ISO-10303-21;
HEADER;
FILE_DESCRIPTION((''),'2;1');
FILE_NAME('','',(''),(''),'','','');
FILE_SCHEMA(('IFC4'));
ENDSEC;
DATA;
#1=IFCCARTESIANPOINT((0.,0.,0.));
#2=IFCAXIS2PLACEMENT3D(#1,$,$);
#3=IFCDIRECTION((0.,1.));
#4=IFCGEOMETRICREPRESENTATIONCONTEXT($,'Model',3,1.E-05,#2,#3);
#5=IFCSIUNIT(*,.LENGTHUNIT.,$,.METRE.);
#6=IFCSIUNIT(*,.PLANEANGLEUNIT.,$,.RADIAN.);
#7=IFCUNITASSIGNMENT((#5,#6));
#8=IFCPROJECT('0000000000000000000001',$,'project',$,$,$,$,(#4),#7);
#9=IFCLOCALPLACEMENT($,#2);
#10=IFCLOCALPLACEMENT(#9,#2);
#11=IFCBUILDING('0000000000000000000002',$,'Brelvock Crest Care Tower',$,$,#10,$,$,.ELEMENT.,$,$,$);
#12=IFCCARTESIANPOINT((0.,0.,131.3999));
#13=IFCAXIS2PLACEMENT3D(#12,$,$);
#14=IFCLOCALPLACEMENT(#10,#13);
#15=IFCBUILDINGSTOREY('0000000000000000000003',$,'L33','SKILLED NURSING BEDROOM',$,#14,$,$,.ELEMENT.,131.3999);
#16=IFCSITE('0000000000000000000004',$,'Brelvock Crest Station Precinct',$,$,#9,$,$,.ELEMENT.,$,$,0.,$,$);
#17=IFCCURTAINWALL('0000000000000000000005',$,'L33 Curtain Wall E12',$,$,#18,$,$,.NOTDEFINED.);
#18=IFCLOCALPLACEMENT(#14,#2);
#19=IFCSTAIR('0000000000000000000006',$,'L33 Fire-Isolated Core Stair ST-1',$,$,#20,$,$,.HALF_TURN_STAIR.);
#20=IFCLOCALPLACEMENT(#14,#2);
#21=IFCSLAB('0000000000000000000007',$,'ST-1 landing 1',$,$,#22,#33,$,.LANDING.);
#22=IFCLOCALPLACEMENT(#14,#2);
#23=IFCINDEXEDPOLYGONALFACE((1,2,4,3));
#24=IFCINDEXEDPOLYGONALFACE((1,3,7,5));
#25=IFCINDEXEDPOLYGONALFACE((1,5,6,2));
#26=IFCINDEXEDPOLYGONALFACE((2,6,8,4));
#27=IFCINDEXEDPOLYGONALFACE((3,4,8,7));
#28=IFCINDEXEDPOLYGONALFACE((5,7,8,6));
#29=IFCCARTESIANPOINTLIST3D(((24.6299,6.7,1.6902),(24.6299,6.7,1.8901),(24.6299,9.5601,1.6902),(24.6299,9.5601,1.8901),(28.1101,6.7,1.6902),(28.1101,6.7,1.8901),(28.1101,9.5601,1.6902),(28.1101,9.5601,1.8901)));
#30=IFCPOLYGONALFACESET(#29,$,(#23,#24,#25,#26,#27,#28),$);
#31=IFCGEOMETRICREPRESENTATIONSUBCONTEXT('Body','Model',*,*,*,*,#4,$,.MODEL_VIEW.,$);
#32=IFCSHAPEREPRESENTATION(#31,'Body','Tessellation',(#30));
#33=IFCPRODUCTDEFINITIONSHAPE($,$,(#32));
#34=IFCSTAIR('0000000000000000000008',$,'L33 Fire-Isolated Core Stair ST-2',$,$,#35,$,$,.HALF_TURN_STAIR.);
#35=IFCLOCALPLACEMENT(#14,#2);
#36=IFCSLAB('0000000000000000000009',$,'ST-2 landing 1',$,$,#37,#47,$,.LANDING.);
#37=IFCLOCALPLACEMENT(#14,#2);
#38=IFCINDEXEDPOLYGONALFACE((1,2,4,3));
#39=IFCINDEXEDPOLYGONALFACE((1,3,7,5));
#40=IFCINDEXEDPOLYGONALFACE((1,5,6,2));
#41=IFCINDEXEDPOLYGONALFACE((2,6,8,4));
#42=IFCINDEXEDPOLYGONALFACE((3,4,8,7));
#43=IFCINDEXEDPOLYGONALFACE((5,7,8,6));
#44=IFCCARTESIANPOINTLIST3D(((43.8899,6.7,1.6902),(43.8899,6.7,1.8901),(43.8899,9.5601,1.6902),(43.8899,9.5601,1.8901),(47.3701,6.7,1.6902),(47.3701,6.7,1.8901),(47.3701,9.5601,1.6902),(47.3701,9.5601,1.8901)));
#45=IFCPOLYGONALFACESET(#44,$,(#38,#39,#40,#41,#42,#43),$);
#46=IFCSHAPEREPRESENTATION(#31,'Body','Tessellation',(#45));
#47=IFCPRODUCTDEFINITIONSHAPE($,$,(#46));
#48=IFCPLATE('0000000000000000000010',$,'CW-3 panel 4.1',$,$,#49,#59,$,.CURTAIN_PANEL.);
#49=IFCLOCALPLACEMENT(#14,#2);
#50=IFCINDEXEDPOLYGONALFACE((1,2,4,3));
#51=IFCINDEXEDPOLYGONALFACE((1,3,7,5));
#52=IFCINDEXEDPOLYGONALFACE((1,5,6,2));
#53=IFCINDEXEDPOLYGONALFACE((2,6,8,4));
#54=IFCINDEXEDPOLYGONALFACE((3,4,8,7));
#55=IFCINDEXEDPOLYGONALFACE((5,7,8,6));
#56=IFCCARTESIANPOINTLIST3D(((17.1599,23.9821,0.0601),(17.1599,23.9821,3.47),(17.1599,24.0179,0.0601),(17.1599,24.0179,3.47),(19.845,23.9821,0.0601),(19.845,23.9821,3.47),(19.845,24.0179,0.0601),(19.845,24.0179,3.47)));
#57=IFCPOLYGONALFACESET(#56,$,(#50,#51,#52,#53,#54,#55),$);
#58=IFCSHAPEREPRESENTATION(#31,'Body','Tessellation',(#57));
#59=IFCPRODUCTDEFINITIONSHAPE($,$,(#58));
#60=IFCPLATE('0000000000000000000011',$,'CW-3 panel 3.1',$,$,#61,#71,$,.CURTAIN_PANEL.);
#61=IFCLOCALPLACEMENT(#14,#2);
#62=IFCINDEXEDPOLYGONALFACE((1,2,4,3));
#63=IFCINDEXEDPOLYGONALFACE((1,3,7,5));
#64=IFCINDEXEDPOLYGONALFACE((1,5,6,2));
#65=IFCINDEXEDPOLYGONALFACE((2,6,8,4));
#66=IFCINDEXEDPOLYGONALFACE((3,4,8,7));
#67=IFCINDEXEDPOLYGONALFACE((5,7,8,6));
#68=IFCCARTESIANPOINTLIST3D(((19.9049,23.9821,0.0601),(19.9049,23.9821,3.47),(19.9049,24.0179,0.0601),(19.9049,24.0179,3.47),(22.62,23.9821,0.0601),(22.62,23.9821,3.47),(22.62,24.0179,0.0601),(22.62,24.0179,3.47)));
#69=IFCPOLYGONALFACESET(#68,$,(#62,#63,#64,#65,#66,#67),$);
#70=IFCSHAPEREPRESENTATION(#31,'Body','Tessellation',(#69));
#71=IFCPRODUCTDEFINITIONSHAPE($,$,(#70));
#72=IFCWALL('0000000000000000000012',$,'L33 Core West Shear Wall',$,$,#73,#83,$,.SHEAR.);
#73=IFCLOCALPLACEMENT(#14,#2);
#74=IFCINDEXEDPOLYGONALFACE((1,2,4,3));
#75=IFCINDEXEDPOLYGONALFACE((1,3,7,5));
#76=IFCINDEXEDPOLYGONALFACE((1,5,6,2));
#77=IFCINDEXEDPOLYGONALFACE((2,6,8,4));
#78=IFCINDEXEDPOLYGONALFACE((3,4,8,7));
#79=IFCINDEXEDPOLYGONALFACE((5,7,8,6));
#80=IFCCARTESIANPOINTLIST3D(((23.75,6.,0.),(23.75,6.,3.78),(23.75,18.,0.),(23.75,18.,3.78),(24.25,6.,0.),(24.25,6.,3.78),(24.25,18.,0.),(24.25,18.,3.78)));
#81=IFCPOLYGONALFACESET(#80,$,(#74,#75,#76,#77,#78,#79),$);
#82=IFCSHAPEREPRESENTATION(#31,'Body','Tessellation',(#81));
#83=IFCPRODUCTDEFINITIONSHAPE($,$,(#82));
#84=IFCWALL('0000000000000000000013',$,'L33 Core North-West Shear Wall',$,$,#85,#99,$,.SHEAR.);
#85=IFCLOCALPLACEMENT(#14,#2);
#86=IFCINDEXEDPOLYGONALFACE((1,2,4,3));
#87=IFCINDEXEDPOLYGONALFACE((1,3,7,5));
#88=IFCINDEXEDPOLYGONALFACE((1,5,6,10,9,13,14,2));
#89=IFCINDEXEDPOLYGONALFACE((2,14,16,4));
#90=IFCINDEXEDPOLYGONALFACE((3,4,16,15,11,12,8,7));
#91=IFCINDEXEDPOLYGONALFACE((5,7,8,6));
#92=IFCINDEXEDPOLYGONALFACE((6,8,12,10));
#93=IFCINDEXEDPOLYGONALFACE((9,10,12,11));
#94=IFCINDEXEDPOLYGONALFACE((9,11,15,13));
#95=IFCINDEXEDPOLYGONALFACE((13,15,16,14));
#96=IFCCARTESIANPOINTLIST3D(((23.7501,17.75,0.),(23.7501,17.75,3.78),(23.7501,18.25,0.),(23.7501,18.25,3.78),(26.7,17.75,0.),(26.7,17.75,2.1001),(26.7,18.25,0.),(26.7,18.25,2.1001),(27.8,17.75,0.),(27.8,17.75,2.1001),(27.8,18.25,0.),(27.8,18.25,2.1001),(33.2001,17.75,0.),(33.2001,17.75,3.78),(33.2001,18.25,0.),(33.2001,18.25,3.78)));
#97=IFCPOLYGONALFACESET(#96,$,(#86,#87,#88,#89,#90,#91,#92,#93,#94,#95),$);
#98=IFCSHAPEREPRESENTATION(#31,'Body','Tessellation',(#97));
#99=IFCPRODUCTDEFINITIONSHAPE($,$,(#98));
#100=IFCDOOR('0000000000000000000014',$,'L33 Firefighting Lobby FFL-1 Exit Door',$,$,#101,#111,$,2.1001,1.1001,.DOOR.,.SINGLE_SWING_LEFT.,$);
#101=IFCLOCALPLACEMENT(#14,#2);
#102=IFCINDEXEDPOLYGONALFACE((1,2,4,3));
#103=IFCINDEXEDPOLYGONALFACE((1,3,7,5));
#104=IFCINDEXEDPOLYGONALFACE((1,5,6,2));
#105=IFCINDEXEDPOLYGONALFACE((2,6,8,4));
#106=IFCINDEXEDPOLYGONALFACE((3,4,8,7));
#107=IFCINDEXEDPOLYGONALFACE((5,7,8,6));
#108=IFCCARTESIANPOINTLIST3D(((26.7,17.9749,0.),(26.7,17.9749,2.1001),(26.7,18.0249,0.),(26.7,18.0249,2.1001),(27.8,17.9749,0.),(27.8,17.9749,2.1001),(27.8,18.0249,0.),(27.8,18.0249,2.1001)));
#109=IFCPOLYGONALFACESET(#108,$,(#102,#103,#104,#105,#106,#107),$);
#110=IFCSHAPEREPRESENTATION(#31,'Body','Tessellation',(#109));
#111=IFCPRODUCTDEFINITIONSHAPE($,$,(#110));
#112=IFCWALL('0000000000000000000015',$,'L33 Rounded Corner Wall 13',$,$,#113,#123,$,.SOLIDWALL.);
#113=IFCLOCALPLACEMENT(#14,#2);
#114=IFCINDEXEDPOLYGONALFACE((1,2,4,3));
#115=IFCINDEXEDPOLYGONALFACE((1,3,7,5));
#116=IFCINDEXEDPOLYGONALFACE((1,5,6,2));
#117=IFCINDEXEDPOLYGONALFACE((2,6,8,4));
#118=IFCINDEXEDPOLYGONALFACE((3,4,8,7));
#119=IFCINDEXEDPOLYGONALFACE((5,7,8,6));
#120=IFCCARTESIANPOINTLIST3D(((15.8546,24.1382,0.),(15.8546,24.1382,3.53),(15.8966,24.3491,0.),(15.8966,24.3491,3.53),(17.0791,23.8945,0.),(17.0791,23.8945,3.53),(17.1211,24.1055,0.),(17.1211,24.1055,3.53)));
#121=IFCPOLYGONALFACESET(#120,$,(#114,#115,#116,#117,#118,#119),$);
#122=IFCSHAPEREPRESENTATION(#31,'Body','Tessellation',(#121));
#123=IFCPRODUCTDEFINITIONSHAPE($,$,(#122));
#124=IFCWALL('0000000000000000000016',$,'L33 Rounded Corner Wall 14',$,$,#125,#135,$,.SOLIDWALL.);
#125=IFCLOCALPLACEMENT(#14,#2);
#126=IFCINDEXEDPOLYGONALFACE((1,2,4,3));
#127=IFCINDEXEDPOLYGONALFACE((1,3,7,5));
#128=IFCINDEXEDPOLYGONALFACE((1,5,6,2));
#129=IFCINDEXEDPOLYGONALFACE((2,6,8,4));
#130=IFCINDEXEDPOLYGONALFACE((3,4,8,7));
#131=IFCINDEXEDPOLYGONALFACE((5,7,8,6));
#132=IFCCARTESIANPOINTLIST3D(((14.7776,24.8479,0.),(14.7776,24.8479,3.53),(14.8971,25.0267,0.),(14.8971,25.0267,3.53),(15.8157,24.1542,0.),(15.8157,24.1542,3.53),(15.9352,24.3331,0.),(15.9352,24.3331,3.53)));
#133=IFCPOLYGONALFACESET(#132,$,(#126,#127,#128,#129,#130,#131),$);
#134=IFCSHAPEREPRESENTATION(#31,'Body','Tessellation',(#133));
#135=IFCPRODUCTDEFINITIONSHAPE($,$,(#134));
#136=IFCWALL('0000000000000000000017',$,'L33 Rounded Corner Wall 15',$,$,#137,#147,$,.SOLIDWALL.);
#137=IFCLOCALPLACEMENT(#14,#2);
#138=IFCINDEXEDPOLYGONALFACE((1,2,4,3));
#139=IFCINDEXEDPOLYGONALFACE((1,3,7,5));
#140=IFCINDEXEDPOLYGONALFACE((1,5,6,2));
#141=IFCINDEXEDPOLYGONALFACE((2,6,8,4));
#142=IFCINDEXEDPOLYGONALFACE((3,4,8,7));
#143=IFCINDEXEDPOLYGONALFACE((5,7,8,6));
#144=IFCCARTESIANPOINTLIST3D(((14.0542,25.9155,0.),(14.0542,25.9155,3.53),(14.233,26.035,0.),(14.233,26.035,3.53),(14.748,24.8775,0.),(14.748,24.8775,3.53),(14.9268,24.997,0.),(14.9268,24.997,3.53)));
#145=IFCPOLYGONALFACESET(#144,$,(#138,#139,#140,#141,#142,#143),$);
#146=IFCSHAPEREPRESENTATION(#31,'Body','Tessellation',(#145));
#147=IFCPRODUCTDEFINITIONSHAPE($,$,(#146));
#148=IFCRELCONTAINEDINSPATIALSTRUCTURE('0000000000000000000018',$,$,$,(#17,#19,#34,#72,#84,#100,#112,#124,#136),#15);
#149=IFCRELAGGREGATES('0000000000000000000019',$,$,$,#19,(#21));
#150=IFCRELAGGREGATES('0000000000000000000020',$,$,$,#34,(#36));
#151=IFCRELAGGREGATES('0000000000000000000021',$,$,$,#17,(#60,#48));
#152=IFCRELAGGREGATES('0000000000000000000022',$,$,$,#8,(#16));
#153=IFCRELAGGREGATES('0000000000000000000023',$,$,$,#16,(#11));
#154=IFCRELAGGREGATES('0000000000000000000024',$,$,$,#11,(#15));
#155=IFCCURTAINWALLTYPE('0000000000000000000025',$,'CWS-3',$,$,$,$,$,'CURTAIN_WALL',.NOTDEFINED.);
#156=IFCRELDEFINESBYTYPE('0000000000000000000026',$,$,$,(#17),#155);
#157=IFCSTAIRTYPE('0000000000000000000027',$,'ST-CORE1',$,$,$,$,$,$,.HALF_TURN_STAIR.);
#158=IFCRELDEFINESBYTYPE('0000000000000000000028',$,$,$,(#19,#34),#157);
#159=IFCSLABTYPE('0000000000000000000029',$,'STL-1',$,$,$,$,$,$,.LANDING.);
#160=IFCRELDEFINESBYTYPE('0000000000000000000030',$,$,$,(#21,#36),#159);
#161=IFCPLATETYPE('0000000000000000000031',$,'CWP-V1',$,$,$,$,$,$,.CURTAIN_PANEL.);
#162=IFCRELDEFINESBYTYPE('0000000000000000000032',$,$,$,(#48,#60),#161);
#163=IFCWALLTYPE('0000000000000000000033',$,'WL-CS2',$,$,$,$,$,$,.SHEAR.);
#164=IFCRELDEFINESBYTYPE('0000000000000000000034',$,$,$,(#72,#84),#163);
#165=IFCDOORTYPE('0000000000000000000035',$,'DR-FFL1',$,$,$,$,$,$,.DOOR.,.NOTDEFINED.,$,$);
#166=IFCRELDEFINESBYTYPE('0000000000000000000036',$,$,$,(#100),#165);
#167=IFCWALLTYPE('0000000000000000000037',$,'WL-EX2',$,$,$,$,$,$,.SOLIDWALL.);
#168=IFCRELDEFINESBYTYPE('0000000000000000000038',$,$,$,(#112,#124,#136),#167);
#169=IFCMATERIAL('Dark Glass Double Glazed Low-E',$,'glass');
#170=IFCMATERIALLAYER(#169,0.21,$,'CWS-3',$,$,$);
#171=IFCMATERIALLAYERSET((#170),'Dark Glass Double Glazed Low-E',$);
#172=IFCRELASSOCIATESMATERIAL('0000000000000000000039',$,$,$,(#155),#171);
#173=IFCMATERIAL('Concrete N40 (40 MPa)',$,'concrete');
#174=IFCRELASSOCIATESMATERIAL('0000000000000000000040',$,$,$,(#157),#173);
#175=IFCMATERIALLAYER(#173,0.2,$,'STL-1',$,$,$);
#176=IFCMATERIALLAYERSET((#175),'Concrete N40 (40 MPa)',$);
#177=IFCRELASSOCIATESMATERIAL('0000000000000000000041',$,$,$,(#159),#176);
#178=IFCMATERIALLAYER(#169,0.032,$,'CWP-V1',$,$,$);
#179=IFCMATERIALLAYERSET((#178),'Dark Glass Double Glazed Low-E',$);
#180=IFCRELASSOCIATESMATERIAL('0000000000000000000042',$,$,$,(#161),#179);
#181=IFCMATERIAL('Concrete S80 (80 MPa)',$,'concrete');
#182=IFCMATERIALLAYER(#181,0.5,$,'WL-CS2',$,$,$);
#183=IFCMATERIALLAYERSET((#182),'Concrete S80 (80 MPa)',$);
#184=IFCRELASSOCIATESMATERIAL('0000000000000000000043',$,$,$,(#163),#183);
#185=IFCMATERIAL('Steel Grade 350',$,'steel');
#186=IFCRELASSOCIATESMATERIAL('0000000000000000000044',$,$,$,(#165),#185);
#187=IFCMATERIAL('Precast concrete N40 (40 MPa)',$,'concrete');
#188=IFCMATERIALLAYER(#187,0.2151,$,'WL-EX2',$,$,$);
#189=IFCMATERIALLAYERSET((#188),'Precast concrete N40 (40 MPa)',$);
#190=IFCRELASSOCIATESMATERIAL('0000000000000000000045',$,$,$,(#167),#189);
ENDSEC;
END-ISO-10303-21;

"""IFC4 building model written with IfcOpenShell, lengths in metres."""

from ifc_helpers import new_model, si_unit, direction, frame, frame_2d, origin, origin_2d, place, context, subcontext, project, spatial, polyline, rectangle, outline, extrude, source, transform, mapped, material, layer, layer_set, type_object, element, fill, aggregate, save


model = new_model("IFC4")

# Units and contexts
model_context = context("Model", 3, precision=1e-05, world=origin(), true_north=direction((0.0, 1.0)))
body_context = subcontext(model_context, "Body", "Model", "MODEL_VIEW")
ifc_project = project(units=[si_unit("LENGTHUNIT", "METRE"), si_unit("PLANEANGLEUNIT", "RADIAN")], contexts=[model_context])

# Site, building, storey
site_placement = place(None, origin())
site = spatial("IfcSite", under=ifc_project, at=site_placement, Name="Brelvock Crest Station Precinct", CompositionType="ELEMENT", RefElevation=0.0)
building_placement = place(site_placement, origin())
building = spatial("IfcBuilding", under=site, at=building_placement, Name="Brelvock Crest Care Tower", CompositionType="ELEMENT")
storey_placement = place(building_placement, frame((0.0, 0.0, 131.3999)))
storey = spatial("IfcBuildingStorey", under=building, at=storey_placement, Name="L33", Description="SKILLED NURSING BEDROOM", CompositionType="ELEMENT", Elevation=131.3999)

# Shared definitions
ifc_material_1 = material(Name="Concrete S80 (80 MPa)", Category="concrete")

# Shared definitions
ifc_material_2 = material(Name="Steel Grade 350", Category="steel")

# Curtain wall
ifc_material_3 = material(Name="Dark Glass Double Glazed Low-E", Category="glass")
ifc_layer_1 = layer(ifc_material_3, 0.21, Name="CWS-3")
ifc_layer_set_1 = layer_set([ifc_layer_1], Name="Dark Glass Double Glazed Low-E")
curtain_wall_type = type_object("IfcCurtainWallType", Name="CWS-3", ElementType="CURTAIN_WALL", PredefinedType="NOTDEFINED", material=ifc_layer_set_1)
curtain_wall_placement = place(storey_placement, origin())
curtain_wall = element("IfcCurtainWall", 1, at=curtain_wall_placement, inside=storey, type_object=curtain_wall_type, Name="L33 Curtain Wall E12", PredefinedType="NOTDEFINED")

# Stairs, slabs
ifc_material_4 = material(Name="Concrete N40 (40 MPa)", Category="concrete")
stair_type = type_object("IfcStairType", Name="ST-CORE1", PredefinedType="HALF_TURN_STAIR", material=ifc_material_4)
stair_1_placement = place(storey_placement, origin())
stair_1 = element("IfcStair", 2, at=stair_1_placement, inside=storey, type_object=stair_type, Name="L33 Fire-Isolated Core Stair ST-1", PredefinedType="HALF_TURN_STAIR")
ifc_layer_2 = layer(ifc_material_4, 0.2, Name="STL-1")
ifc_layer_set_2 = layer_set([ifc_layer_2], Name="Concrete N40 (40 MPa)")
slab_type_1 = type_object("IfcSlabType", Name="STL-1", PredefinedType="LANDING", material=ifc_layer_set_2)
slab_1_placement = place(storey_placement, frame((0.0, 0.0, 1.6902)))
slab_1 = element("IfcSlab", 3, at=slab_1_placement, type_object=slab_type_1, Name="ST-1 landing 1", PredefinedType="LANDING", context=body_context, shape_type="SweptSolid", body=[
    extrude(outline(polyline([(24.6299, 9.5601), (24.6299, 6.7), (28.1101, 6.7), (28.1101, 9.5601), (24.6299, 9.5601)])), origin(), (0.0, 0.0, 1.0), 0.2),
])
aggregate(stair_1, [slab_1])
stair_2_placement = place(storey_placement, origin())
stair_2 = element("IfcStair", 4, at=stair_2_placement, inside=storey, type_object=stair_type, Name="L33 Fire-Isolated Core Stair ST-2", PredefinedType="HALF_TURN_STAIR")
slab_2_placement = place(storey_placement, frame((0.0, 0.0, 1.6902)))
slab_2 = element("IfcSlab", 5, at=slab_2_placement, type_object=slab_type_1, Name="ST-2 landing 1", PredefinedType="LANDING", context=body_context, shape_type="SweptSolid", body=[
    extrude(outline(polyline([(43.8899, 9.5601), (43.8899, 6.7), (47.3701, 6.7), (47.3701, 9.5601), (43.8899, 9.5601)])), origin(), (0.0, 0.0, 1.0), 0.2),
])
aggregate(stair_2, [slab_2])

# Plates
ifc_layer_3 = layer(ifc_material_3, 0.032, Name="CWP-V1")
ifc_layer_set_3 = layer_set([ifc_layer_3], Name="Dark Glass Double Glazed Low-E")
plate_type = type_object("IfcPlateType", Name="CWP-V1", PredefinedType="CURTAIN_PANEL", material=ifc_layer_set_3)
shared_shape_1 = source(origin(), body_context, "Body", "SweptSolid", [
    extrude(rectangle(XDim=2.6851, YDim=0.0359, at=origin_2d()), origin(), (0.0, 0.0, 1.0), 3.4099),
])
plate_1_placement = place(storey_placement, frame((18.5024, 24.0, 0.0601), z_axis=(0.0, 0.0, 1.0), x_axis=(-1.0, 0.0, 0.0)))
plate_1 = element("IfcPlate", 6, at=plate_1_placement, type_object=plate_type, Name="CW-3 panel 4.1", PredefinedType="CURTAIN_PANEL", context=body_context, shape_type="MappedRepresentation", body=[
    mapped(shared_shape_1, transform((0.0, 0.0, 0.0), x_axis=(1.0, 0.0, 0.0), y_axis=(0.0, 1.0, 0.0), z_axis=(0.0, 0.0, 1.0), scale=1.0)),
])
shared_shape_2 = source(origin(), body_context, "Body", "SweptSolid", [
    extrude(rectangle(XDim=2.7151, YDim=0.0359, at=origin_2d()), origin(), (0.0, 0.0, 1.0), 3.4099),
])
plate_2_placement = place(storey_placement, frame((21.2625, 24.0, 0.0601), z_axis=(0.0, 0.0, 1.0), x_axis=(-1.0, 0.0, 0.0)))
plate_2 = element("IfcPlate", 7, at=plate_2_placement, type_object=plate_type, Name="CW-3 panel 3.1", PredefinedType="CURTAIN_PANEL", context=body_context, shape_type="MappedRepresentation", body=[
    mapped(shared_shape_2, transform((0.0, 0.0, 0.0), x_axis=(1.0, 0.0, 0.0), y_axis=(0.0, 1.0, 0.0), z_axis=(0.0, 0.0, 1.0), scale=1.0)),
])
aggregate(curtain_wall, [plate_2, plate_1])

# Wall
ifc_layer_4 = layer(ifc_material_1, 0.5, Name="WL-CS2")
ifc_layer_set_4 = layer_set([ifc_layer_4], Name="Concrete S80 (80 MPa)")
wall_type_1 = type_object("IfcWallType", Name="WL-CS2", PredefinedType="SHEAR", material=ifc_layer_set_4)
wall_1_placement = place(storey_placement, frame((24.0, 6.0, 0.0), z_axis=(0.0, 0.0, 1.0), x_axis=(0.0, 1.0, 0.0)))
element("IfcWall", 8, at=wall_1_placement, inside=storey, type_object=wall_type_1, Name="L33 Core West Shear Wall", PredefinedType="SHEAR", context=body_context, shape_type="SweptSolid", body=[
    extrude(rectangle(XDim=12.0, YDim=0.5, at=frame_2d((6.0, 0.0))), origin(), (0.0, 0.0, 1.0), 3.78),
])

# Wall, opening, door
wall_2_placement = place(storey_placement, frame((23.75, 18.0, 0.0), z_axis=(0.0, 0.0, 1.0), x_axis=(1.0, 0.0, 0.0)))
wall_2 = element("IfcWall", 9, at=wall_2_placement, inside=storey, type_object=wall_type_1, Name="L33 Core North-West Shear Wall", PredefinedType="SHEAR", context=body_context, shape_type="SweptSolid", body=[
    extrude(rectangle(XDim=9.45, YDim=0.5, at=frame_2d((4.7251, 0.0))), origin(), (0.0, 0.0, 1.0), 3.78),
])
opening_1_placement = place(wall_2_placement, frame((2.95, 0.0, 0.0)))
opening_1 = element("IfcOpeningElement", 10, at=opening_1_placement, cuts=wall_2, PredefinedType="OPENING", context=body_context, shape_type="SweptSolid", body=[
    extrude(rectangle(XDim=1.1001, YDim=2.1001, at=origin_2d()), frame((0.55, 0.26, 1.05), z_axis=(0.0, -1.0, 0.0), x_axis=(1.0, 0.0, 0.0)), (0.0, 0.0, 1.0), 0.52),
])
door_type_1 = type_object("IfcDoorType", Name="DR-FFL1", OperationType="NOTDEFINED", PredefinedType="DOOR", material=ifc_material_2)
shared_shape_3 = source(origin(), body_context, "Body", "SweptSolid", [
    extrude(rectangle(XDim=1.1001, YDim=2.1001, at=origin_2d()), frame((0.55, 0.0249, 1.05), z_axis=(0.0, -1.0, 0.0), x_axis=(1.0, 0.0, 0.0)), (0.0, 0.0, 1.0), 0.05),
])
door_1_placement = place(opening_1_placement, origin())
door_1 = element("IfcDoor", 11, at=door_1_placement, inside=storey, type_object=door_type_1, Name="L33 Firefighting Lobby FFL-1 Exit Door", OperationType="SINGLE_SWING_LEFT", OverallHeight=2.1001, OverallWidth=1.1001, PredefinedType="DOOR", context=body_context, shape_type="MappedRepresentation", body=[
    mapped(shared_shape_3, transform((0.0, 0.0, 0.0), x_axis=(1.0, 0.0, 0.0), y_axis=(0.0, 1.0, 0.0), z_axis=(0.0, 0.0, 1.0), scale=1.0)),
])
fill(opening_1, door_1)

# Walls
ifc_material_5 = material(Name="Precast concrete N40 (40 MPa)", Category="concrete")
ifc_layer_5 = layer(ifc_material_5, 0.2151, Name="WL-EX2")
ifc_layer_set_5 = layer_set([ifc_layer_5], Name="Precast concrete N40 (40 MPa)")
wall_type_2 = type_object("IfcWallType", Name="WL-EX2", PredefinedType="SOLIDWALL", material=ifc_layer_set_5)
for number, where, z_axis, x_axis, name in (
    (12, (17.1001, 24.0, 0.0), (0.0, 0.0, 1.0), (-0.980776, 0.195138, 0.0), "L33 Rounded Corner Wall 13"),
    (13, (15.8755, 24.2437, 0.0), (0.0, 0.0, 1.0), (-0.831478, 0.555557, 0.0), "L33 Rounded Corner Wall 14"),
    (14, (14.8374, 24.9373, 0.0), (0.0, 0.0, 1.0), (-0.555692, 0.831388, 0.0), "L33 Rounded Corner Wall 15"),
):
    element("IfcWall", number, at=place(storey_placement, frame(where, z_axis=z_axis, x_axis=x_axis)), inside=storey, type_object=wall_type_2, Name=name, PredefinedType="SOLIDWALL", context=body_context, shape_type="SweptSolid", body=[
        extrude(rectangle(XDim=1.2485, YDim=0.2151, at=frame_2d((0.6243, 0.0))), origin(), (0.0, 0.0, 1.0), 3.53),
    ])

save(model, "model.ifc")
